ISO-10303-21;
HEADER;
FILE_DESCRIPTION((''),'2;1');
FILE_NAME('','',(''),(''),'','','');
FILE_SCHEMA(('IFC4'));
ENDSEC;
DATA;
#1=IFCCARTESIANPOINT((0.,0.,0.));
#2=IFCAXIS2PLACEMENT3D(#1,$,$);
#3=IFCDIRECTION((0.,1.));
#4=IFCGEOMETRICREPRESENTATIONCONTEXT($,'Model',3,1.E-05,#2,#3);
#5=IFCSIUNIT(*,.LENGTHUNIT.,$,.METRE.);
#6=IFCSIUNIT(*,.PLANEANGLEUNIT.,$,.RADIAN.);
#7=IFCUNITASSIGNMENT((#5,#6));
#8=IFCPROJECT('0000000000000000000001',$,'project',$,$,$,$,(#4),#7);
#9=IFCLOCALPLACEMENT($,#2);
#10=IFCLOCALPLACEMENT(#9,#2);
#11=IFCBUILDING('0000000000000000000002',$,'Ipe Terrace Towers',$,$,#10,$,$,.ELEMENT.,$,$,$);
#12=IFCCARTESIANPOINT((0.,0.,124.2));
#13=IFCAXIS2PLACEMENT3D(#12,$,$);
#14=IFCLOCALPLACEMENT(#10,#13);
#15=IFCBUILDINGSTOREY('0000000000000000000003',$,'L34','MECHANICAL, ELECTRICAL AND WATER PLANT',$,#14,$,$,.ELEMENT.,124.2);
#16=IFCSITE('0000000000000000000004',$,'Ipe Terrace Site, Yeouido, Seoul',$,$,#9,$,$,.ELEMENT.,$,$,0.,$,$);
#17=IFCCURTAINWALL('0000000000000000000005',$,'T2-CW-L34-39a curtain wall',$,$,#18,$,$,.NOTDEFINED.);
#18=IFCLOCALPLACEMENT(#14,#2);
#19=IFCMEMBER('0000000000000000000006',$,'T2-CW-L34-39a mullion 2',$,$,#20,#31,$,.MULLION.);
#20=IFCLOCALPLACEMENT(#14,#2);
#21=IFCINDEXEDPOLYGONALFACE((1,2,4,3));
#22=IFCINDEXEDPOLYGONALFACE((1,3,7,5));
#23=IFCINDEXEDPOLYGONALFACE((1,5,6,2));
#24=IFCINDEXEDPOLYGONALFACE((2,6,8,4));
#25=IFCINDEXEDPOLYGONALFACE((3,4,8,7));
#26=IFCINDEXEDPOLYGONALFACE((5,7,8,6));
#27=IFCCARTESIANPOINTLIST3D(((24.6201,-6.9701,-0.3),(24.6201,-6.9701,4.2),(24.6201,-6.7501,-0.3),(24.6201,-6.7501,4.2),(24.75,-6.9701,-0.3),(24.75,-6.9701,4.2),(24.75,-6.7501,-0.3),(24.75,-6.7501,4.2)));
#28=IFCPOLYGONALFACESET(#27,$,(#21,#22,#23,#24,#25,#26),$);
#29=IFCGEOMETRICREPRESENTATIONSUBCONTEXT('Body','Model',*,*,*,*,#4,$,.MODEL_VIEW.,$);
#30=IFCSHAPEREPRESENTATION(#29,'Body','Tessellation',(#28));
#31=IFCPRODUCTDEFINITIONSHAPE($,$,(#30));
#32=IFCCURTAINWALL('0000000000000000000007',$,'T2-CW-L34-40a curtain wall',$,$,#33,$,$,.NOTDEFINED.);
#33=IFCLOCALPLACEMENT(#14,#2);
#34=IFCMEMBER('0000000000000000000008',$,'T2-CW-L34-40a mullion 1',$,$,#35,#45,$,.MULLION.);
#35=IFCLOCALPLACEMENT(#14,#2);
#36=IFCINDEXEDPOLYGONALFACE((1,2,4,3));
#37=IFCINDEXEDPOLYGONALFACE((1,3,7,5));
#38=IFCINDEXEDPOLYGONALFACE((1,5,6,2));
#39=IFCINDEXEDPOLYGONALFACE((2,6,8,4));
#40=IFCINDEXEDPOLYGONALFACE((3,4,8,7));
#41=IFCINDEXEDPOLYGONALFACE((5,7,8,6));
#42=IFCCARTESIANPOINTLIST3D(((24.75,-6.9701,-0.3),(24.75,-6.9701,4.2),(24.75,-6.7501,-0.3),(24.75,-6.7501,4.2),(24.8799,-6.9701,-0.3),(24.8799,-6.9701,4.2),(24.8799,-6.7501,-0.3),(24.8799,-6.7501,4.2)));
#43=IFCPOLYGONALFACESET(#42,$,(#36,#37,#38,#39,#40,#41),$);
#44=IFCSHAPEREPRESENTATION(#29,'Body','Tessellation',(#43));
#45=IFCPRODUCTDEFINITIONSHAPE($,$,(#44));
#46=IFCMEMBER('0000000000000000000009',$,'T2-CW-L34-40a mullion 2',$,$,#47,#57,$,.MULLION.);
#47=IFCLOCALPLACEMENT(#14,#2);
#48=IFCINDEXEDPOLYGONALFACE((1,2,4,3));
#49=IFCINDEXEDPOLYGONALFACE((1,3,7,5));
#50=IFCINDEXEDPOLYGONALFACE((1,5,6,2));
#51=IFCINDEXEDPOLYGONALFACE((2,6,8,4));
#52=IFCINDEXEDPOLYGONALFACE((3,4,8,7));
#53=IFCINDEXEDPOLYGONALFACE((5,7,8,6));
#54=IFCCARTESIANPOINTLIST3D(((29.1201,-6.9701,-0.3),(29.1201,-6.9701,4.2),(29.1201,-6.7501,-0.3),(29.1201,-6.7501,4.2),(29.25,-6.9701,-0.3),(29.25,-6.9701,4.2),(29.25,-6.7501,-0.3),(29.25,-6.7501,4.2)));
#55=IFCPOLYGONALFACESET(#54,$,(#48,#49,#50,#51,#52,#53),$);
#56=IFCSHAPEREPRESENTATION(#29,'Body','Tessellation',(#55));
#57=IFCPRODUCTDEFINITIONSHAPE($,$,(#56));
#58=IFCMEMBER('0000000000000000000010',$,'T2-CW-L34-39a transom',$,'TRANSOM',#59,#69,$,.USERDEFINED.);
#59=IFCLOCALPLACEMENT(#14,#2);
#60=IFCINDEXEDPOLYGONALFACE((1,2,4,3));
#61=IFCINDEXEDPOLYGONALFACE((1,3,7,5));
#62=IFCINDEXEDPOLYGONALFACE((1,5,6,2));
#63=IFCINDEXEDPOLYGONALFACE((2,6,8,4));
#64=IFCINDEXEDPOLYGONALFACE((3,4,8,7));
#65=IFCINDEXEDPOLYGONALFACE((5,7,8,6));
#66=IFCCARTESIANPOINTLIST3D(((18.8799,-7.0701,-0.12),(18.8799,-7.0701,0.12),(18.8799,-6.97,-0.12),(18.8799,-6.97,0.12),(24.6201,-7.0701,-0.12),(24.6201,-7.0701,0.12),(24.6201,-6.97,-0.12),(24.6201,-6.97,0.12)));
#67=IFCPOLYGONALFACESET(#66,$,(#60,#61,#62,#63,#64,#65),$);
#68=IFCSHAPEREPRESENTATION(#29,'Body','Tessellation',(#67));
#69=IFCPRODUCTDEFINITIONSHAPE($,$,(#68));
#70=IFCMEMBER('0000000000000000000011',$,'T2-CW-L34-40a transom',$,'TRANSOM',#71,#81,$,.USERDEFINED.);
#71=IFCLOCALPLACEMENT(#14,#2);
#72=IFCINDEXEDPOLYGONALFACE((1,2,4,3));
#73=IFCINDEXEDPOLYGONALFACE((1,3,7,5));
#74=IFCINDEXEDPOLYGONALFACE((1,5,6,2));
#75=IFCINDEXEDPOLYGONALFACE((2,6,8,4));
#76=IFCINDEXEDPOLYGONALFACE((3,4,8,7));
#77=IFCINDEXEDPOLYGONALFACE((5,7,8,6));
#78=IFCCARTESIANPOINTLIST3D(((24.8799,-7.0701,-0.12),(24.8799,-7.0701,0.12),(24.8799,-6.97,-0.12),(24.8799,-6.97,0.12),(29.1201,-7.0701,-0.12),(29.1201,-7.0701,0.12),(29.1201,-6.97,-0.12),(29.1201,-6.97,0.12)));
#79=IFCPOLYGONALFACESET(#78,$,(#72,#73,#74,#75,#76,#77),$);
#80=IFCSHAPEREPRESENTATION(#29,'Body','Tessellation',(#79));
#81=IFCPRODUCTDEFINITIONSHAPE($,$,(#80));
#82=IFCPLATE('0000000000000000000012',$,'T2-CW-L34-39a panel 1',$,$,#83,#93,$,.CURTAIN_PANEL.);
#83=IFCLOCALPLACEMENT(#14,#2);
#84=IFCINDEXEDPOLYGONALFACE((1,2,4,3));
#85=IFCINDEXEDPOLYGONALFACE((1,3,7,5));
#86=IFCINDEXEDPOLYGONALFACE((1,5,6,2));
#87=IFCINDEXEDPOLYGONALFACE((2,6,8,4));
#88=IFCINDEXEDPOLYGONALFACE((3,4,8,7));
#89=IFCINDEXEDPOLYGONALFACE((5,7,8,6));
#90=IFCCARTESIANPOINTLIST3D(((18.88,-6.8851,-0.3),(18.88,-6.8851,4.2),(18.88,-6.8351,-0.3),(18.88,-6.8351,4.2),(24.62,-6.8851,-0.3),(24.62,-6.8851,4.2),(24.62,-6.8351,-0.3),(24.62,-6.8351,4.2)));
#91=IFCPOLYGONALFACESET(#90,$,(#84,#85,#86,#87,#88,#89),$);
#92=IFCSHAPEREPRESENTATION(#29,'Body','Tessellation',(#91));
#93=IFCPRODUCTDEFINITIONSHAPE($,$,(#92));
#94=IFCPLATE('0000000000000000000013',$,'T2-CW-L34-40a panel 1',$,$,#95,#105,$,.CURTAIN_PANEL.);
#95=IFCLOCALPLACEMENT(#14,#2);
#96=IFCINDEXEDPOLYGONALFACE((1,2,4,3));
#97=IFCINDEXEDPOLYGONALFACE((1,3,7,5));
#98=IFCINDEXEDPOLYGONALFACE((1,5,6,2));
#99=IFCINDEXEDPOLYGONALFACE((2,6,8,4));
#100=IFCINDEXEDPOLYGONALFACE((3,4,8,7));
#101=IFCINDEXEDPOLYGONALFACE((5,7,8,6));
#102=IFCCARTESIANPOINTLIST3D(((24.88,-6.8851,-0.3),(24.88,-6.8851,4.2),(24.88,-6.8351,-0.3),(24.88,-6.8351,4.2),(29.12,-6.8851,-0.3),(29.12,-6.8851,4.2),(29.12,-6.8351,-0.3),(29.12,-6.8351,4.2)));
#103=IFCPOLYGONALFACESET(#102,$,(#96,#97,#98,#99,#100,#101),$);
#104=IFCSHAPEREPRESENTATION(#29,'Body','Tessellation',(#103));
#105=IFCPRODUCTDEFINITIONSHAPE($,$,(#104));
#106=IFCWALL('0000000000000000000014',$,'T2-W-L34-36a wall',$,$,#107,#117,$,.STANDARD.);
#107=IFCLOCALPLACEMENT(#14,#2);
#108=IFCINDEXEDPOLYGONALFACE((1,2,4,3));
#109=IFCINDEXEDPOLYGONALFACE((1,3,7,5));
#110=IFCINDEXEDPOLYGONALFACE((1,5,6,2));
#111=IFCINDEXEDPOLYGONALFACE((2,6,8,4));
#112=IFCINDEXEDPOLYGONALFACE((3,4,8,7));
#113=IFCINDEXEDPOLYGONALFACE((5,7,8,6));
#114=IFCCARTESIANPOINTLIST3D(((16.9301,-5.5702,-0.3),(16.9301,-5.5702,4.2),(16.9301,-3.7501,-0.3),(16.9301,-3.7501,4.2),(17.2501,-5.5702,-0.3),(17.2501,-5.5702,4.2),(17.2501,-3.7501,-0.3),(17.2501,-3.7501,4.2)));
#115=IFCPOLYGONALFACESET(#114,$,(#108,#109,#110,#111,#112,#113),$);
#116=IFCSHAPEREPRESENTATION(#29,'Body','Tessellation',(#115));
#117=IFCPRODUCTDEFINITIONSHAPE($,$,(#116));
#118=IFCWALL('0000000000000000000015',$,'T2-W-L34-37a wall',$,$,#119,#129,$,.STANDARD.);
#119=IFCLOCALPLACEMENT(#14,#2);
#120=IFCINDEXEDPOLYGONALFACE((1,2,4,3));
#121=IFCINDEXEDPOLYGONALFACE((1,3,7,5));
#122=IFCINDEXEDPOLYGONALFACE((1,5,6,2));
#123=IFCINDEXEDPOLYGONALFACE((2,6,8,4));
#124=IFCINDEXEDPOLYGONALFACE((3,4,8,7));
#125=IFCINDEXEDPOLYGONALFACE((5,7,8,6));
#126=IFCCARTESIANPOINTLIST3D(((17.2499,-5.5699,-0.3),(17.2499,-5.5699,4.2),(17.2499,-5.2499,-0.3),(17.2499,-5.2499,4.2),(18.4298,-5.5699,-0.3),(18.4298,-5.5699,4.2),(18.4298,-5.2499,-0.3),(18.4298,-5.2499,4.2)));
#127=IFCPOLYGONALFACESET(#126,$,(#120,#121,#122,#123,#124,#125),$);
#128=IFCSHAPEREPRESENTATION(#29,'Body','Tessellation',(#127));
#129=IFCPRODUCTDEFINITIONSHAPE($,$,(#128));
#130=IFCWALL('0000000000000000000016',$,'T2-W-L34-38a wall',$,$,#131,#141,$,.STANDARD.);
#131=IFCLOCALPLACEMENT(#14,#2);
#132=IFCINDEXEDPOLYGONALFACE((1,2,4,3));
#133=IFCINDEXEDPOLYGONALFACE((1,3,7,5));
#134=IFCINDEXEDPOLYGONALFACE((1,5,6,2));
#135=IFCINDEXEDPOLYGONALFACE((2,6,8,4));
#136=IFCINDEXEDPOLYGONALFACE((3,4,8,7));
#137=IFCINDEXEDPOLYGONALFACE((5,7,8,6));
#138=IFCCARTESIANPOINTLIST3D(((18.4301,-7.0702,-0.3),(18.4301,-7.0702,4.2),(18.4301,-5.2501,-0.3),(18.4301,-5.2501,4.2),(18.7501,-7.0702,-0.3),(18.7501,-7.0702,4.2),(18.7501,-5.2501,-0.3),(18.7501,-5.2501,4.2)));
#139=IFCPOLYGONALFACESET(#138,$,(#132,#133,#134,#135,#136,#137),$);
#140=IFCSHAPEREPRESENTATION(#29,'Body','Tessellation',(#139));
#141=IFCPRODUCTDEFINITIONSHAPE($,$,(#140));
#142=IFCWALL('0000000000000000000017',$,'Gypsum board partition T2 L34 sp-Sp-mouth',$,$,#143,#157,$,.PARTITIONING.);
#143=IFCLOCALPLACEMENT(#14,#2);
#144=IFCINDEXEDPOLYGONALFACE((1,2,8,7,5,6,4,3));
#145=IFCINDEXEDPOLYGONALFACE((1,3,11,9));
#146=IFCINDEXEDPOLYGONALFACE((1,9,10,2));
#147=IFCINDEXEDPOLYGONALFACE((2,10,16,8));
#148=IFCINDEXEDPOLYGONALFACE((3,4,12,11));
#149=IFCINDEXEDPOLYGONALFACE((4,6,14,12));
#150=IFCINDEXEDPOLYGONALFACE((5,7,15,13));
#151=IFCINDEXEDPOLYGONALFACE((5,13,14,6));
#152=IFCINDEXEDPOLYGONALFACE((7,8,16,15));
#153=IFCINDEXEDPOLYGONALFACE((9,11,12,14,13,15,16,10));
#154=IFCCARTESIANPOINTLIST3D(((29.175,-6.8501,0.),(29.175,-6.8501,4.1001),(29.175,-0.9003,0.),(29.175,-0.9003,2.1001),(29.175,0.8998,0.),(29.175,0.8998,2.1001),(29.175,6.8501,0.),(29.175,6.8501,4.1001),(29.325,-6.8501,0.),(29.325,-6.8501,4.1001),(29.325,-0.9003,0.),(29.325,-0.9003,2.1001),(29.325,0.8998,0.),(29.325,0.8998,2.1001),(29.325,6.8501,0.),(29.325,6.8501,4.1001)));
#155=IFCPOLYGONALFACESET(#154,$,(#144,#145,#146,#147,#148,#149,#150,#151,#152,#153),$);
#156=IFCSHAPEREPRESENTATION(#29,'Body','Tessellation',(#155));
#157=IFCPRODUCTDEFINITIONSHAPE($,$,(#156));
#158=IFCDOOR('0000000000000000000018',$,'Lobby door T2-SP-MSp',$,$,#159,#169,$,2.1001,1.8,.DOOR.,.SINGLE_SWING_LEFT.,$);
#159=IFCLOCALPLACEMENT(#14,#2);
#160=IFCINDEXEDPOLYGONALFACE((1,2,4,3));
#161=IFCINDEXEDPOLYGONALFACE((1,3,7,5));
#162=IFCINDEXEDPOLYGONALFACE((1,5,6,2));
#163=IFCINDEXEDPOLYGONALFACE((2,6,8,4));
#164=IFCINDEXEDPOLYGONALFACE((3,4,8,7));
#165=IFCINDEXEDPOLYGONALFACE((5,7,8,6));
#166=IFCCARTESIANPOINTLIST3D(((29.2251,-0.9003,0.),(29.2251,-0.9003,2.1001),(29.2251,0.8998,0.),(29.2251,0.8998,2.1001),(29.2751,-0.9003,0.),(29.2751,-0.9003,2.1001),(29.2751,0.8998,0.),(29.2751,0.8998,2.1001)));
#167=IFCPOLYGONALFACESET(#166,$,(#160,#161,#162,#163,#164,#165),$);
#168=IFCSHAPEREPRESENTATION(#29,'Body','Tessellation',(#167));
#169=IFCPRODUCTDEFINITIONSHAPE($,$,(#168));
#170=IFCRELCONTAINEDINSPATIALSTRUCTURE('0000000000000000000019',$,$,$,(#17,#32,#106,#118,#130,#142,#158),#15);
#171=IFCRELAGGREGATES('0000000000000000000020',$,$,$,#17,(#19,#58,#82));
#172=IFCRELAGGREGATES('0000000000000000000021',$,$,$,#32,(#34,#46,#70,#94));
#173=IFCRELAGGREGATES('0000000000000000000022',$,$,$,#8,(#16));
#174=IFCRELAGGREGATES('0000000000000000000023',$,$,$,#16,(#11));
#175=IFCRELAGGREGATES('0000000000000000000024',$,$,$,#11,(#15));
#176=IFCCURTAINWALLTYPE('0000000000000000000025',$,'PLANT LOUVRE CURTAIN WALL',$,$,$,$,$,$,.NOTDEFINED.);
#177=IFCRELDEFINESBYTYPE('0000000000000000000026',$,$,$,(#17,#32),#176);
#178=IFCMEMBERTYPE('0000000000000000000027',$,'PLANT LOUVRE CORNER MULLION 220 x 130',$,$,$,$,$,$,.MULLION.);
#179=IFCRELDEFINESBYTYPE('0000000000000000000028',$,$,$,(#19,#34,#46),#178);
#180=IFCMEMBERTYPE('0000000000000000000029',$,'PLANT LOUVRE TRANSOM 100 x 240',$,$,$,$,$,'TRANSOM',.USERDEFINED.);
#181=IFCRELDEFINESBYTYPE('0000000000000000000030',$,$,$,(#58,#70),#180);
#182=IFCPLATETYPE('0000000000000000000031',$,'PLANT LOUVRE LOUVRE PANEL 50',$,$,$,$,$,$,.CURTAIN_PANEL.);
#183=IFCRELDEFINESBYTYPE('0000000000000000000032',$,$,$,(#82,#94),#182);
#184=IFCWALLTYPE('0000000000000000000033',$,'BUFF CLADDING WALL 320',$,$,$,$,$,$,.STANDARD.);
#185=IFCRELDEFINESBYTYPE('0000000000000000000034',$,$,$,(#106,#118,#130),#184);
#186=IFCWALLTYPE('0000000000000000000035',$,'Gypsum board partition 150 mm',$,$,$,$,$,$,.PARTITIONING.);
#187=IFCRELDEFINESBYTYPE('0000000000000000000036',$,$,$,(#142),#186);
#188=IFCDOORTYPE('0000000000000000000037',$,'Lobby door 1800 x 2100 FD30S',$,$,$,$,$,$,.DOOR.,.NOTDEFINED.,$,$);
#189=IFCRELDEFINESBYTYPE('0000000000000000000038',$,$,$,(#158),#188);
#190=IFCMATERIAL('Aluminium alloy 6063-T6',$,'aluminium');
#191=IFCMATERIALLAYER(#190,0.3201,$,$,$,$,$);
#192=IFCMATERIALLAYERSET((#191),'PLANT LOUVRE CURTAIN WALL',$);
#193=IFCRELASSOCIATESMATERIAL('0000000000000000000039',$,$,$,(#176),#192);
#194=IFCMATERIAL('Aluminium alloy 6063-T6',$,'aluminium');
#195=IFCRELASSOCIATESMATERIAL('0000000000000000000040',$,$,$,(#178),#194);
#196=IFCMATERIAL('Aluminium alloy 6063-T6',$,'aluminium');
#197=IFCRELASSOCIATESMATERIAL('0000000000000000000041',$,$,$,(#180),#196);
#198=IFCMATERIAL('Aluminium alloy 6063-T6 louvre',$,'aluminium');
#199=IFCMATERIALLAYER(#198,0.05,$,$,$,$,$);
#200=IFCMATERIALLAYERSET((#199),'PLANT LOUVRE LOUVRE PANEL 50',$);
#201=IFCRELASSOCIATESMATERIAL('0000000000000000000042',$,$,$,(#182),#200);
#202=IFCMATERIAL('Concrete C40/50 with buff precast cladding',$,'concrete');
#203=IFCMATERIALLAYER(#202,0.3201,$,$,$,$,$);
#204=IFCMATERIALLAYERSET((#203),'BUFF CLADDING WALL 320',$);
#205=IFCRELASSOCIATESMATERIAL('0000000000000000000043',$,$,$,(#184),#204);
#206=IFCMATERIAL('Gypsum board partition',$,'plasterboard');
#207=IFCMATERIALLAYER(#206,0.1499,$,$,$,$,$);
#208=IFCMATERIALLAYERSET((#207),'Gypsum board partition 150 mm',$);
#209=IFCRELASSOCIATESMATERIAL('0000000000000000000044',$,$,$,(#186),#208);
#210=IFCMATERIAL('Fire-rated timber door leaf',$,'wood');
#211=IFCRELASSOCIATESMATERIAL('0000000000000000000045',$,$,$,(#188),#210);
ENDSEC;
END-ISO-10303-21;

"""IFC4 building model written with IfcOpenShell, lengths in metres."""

from ifc_helpers import new_model, si_unit, direction, frame, frame_2d, origin, origin_2d, place, context, subcontext, project, spatial, rectangle, extrude, material, layer, layer_set, material_profile, profile_set, type_object, element, fill, aggregate, save


model = new_model("IFC4")

# Units and contexts
model_context = context("Model", 3, precision=1e-05, world=origin(), true_north=direction((0.0, 1.0)))
body_context = subcontext(model_context, "Body", "Model", "MODEL_VIEW")
ifc_project = project(units=[si_unit("LENGTHUNIT", "METRE"), si_unit("PLANEANGLEUNIT", "RADIAN")], contexts=[model_context])

# Site, building, storey
site_placement = place(None, origin())
site = spatial("IfcSite", under=ifc_project, at=site_placement, Name="Ipe Terrace Site, Yeouido, Seoul", CompositionType="ELEMENT", RefElevation=0.0)
building_placement = place(site_placement, origin())
building = spatial("IfcBuilding", under=site, at=building_placement, Name="Ipe Terrace Towers", CompositionType="ELEMENT")
storey_placement = place(building_placement, frame((0.0, 0.0, 124.2)))
storey = spatial("IfcBuildingStorey", under=building, at=storey_placement, Name="L34", Description="MECHANICAL, ELECTRICAL AND WATER PLANT", CompositionType="ELEMENT", Elevation=124.2)

# Curtain walls, members
ifc_material_1 = material(Name="Aluminium alloy 6063-T6", Category="aluminium")
ifc_layer_1 = layer(ifc_material_1, 0.3201)
ifc_layer_set_1 = layer_set([ifc_layer_1], Name="PLANT LOUVRE CURTAIN WALL")
curtain_wall_type = type_object("IfcCurtainWallType", Name="PLANT LOUVRE CURTAIN WALL", PredefinedType="NOTDEFINED", material=ifc_layer_set_1)
curtain_wall_1_placement = place(storey_placement, origin())
curtain_wall_1 = element("IfcCurtainWall", 1, at=curtain_wall_1_placement, inside=storey, type_object=curtain_wall_type, Name="T2-CW-L34-39a curtain wall", PredefinedType="NOTDEFINED")
ifc_material_2 = material(Name="Aluminium alloy 6063-T6", Category="aluminium")
ifc_material_profile_1 = material_profile(ifc_material_2, rectangle(XDim=0.22, YDim=0.1299, at=origin_2d()), Name="PLANT LOUVRE CORNER MULLION 220 x 130")
ifc_profile_set_1 = profile_set([ifc_material_profile_1], Name="Aluminium alloy 6063-T6")
member_type_1 = type_object("IfcMemberType", Name="PLANT LOUVRE CORNER MULLION 220 x 130", PredefinedType="MULLION", material=ifc_profile_set_1)
member_1_placement = place(storey_placement, frame((24.6851, -6.8601, -0.3), z_axis=(0.0, 0.0, 1.0), x_axis=(0.0, -1.0, 0.0)))
member_1 = element("IfcMember", 2, at=member_1_placement, type_object=member_type_1, Name="T2-CW-L34-39a mullion 2", PredefinedType="MULLION", context=body_context, shape_type="SweptSolid", body=[
    extrude(rectangle(XDim=0.22, YDim=0.1299, at=origin_2d()), origin(), (0.0, 0.0, 1.0), 4.5),
])
curtain_wall_2_placement = place(storey_placement, origin())
curtain_wall_2 = element("IfcCurtainWall", 3, at=curtain_wall_2_placement, inside=storey, type_object=curtain_wall_type, Name="T2-CW-L34-40a curtain wall", PredefinedType="NOTDEFINED")
member_2_placement = place(storey_placement, frame((24.8149, -6.8601, -0.3), z_axis=(0.0, 0.0, 1.0), x_axis=(0.0, -1.0, 0.0)))
member_2 = element("IfcMember", 4, at=member_2_placement, type_object=member_type_1, Name="T2-CW-L34-40a mullion 1", PredefinedType="MULLION", context=body_context, shape_type="SweptSolid", body=[
    extrude(rectangle(XDim=0.22, YDim=0.1299, at=origin_2d()), origin(), (0.0, 0.0, 1.0), 4.5),
])
member_3_placement = place(storey_placement, frame((29.1851, -6.8601, -0.3), z_axis=(0.0, 0.0, 1.0), x_axis=(0.0, -1.0, 0.0)))
member_3 = element("IfcMember", 5, at=member_3_placement, type_object=member_type_1, Name="T2-CW-L34-40a mullion 2", PredefinedType="MULLION", context=body_context, shape_type="SweptSolid", body=[
    extrude(rectangle(XDim=0.22, YDim=0.1299, at=origin_2d()), origin(), (0.0, 0.0, 1.0), 4.5),
])

# Members
ifc_material_3 = material(Name="Aluminium alloy 6063-T6", Category="aluminium")
ifc_material_profile_2 = material_profile(ifc_material_3, rectangle(XDim=0.1001, YDim=0.24, at=origin_2d()), Name="PLANT LOUVRE TRANSOM 100 x 240")
ifc_profile_set_2 = profile_set([ifc_material_profile_2], Name="Aluminium alloy 6063-T6")
member_type_2 = type_object("IfcMemberType", Name="PLANT LOUVRE TRANSOM 100 x 240", ElementType="TRANSOM", PredefinedType="USERDEFINED", material=ifc_profile_set_2)
member_4_placement = place(storey_placement, frame((18.8799, -7.02, 0.0), z_axis=(1.0, 0.0, 0.0), x_axis=(0.0, -1.0, 0.0)))
member_4 = element("IfcMember", 6, at=member_4_placement, type_object=member_type_2, Name="T2-CW-L34-39a transom", ObjectType="TRANSOM", PredefinedType="USERDEFINED", context=body_context, shape_type="SweptSolid", body=[
    extrude(rectangle(XDim=0.1001, YDim=0.24, at=origin_2d()), origin(), (0.0, 0.0, 1.0), 5.7402),
])
member_5_placement = place(storey_placement, frame((24.8799, -7.02, 0.0), z_axis=(1.0, 0.0, 0.0), x_axis=(0.0, -1.0, 0.0)))
member_5 = element("IfcMember", 7, at=member_5_placement, type_object=member_type_2, Name="T2-CW-L34-40a transom", ObjectType="TRANSOM", PredefinedType="USERDEFINED", context=body_context, shape_type="SweptSolid", body=[
    extrude(rectangle(XDim=0.1001, YDim=0.24, at=origin_2d()), origin(), (0.0, 0.0, 1.0), 4.2402),
])

# Plates
ifc_material_4 = material(Name="Aluminium alloy 6063-T6 louvre", Category="aluminium")
ifc_layer_2 = layer(ifc_material_4, 0.05)
ifc_layer_set_2 = layer_set([ifc_layer_2], Name="PLANT LOUVRE LOUVRE PANEL 50")
plate_type = type_object("IfcPlateType", Name="PLANT LOUVRE LOUVRE PANEL 50", PredefinedType="CURTAIN_PANEL", material=ifc_layer_set_2)
plate_1_placement = place(storey_placement, frame((21.75, -6.8601, -0.3), z_axis=(0.0, 0.0, 1.0), x_axis=(1.0, 0.0, 0.0)))
plate_1 = element("IfcPlate", 8, at=plate_1_placement, type_object=plate_type, Name="T2-CW-L34-39a panel 1", PredefinedType="CURTAIN_PANEL", context=body_context, shape_type="SweptSolid", body=[
    extrude(rectangle(XDim=5.74, YDim=0.05, at=origin_2d()), origin(), (0.0, 0.0, 1.0), 4.5),
])
aggregate(curtain_wall_1, [member_1, member_4, plate_1])
plate_2_placement = place(storey_placement, frame((27.0, -6.8601, -0.3), z_axis=(0.0, 0.0, 1.0), x_axis=(1.0, 0.0, 0.0)))
plate_2 = element("IfcPlate", 9, at=plate_2_placement, type_object=plate_type, Name="T2-CW-L34-40a panel 1", PredefinedType="CURTAIN_PANEL", context=body_context, shape_type="SweptSolid", body=[
    extrude(rectangle(XDim=4.24, YDim=0.05, at=origin_2d()), origin(), (0.0, 0.0, 1.0), 4.5),
])
aggregate(curtain_wall_2, [member_2, member_3, member_5, plate_2])

# Walls
ifc_material_5 = material(Name="Concrete C40/50 with buff precast cladding", Category="concrete")
ifc_layer_3 = layer(ifc_material_5, 0.3201)
ifc_layer_set_3 = layer_set([ifc_layer_3], Name="BUFF CLADDING WALL 320")
wall_type_1 = type_object("IfcWallType", Name="BUFF CLADDING WALL 320", PredefinedType="STANDARD", material=ifc_layer_set_3)
wall_1_placement = place(storey_placement, frame((17.0901, -3.75, -0.3), z_axis=(0.0, 0.0, 1.0), x_axis=(0.0, -1.0, 0.0)))
element("IfcWall", 10, at=wall_1_placement, inside=storey, type_object=wall_type_1, Name="T2-W-L34-36a wall", PredefinedType="STANDARD", context=body_context, shape_type="SweptSolid", body=[
    extrude(rectangle(XDim=1.8201, YDim=0.3201, at=frame_2d((0.9102, 0.0))), origin(), (0.0, 0.0, 1.0), 4.5),
])
wall_2_placement = place(storey_placement, frame((17.25, -5.4099, -0.3), z_axis=(0.0, 0.0, 1.0), x_axis=(1.0, 0.0, 0.0)))
element("IfcWall", 11, at=wall_2_placement, inside=storey, type_object=wall_type_1, Name="T2-W-L34-37a wall", PredefinedType="STANDARD", context=body_context, shape_type="SweptSolid", body=[
    extrude(rectangle(XDim=1.1799, YDim=0.3201, at=frame_2d((0.5898, 0.0))), origin(), (0.0, 0.0, 1.0), 4.5),
])
wall_3_placement = place(storey_placement, frame((18.5901, -5.25, -0.3), z_axis=(0.0, 0.0, 1.0), x_axis=(0.0, -1.0, 0.0)))
element("IfcWall", 12, at=wall_3_placement, inside=storey, type_object=wall_type_1, Name="T2-W-L34-38a wall", PredefinedType="STANDARD", context=body_context, shape_type="SweptSolid", body=[
    extrude(rectangle(XDim=1.8201, YDim=0.3201, at=frame_2d((0.9102, 0.0))), origin(), (0.0, 0.0, 1.0), 4.5),
])

# Wall, opening, door
ifc_material_6 = material(Name="Gypsum board partition", Category="plasterboard")
ifc_layer_4 = layer(ifc_material_6, 0.1499)
ifc_layer_set_4 = layer_set([ifc_layer_4], Name="Gypsum board partition 150 mm")
wall_type_2 = type_object("IfcWallType", Name="Gypsum board partition 150 mm", PredefinedType="PARTITIONING", material=ifc_layer_set_4)
wall_4_placement = place(storey_placement, frame((29.25, -6.8501, 0.0), z_axis=(0.0, 0.0, 1.0), x_axis=(0.0, 1.0, 0.0)))
wall_4 = element("IfcWall", 13, at=wall_4_placement, inside=storey, type_object=wall_type_2, Name="Gypsum board partition T2 L34 sp-Sp-mouth", PredefinedType="PARTITIONING", context=body_context, shape_type="SweptSolid", body=[
    extrude(rectangle(XDim=13.7002, YDim=0.1499, at=frame_2d((6.8501, 0.0))), origin(), (0.0, 0.0, 1.0), 4.1001),
])
opening_1_placement = place(wall_4_placement, frame((5.95, 0.0, 0.0)))
opening_1 = element("IfcOpeningElement", 14, at=opening_1_placement, cuts=wall_4, PredefinedType="OPENING", context=body_context, shape_type="SweptSolid", body=[
    extrude(rectangle(XDim=1.8, YDim=2.1001, at=frame_2d((0.8999, 1.05))), frame((0.0, 0.085, 0.0), z_axis=(0.0, -1.0, 0.0), x_axis=(1.0, 0.0, 0.0)), (0.0, 0.0, 1.0), 0.1699),
])
ifc_material_7 = material(Name="Fire-rated timber door leaf", Category="wood")
door_type_1 = type_object("IfcDoorType", Name="Lobby door 1800 x 2100 FD30S", OperationType="NOTDEFINED", PredefinedType="DOOR", material=ifc_material_7)
door_1_placement = place(opening_1_placement, origin())
door_1 = element("IfcDoor", 15, at=door_1_placement, inside=storey, type_object=door_type_1, Name="Lobby door T2-SP-MSp", OperationType="SINGLE_SWING_LEFT", OverallHeight=2.1001, OverallWidth=1.8, PredefinedType="DOOR", context=body_context, shape_type="SweptSolid", body=[
    extrude(rectangle(XDim=1.8, YDim=2.1001, at=frame_2d((0.8999, 1.05))), frame((0.0, 0.0249, 0.0), z_axis=(0.0, -1.0, 0.0), x_axis=(1.0, 0.0, 0.0)), (0.0, 0.0, 1.0), 0.05),
])
fill(opening_1, door_1)

save(model, "model.ifc")
